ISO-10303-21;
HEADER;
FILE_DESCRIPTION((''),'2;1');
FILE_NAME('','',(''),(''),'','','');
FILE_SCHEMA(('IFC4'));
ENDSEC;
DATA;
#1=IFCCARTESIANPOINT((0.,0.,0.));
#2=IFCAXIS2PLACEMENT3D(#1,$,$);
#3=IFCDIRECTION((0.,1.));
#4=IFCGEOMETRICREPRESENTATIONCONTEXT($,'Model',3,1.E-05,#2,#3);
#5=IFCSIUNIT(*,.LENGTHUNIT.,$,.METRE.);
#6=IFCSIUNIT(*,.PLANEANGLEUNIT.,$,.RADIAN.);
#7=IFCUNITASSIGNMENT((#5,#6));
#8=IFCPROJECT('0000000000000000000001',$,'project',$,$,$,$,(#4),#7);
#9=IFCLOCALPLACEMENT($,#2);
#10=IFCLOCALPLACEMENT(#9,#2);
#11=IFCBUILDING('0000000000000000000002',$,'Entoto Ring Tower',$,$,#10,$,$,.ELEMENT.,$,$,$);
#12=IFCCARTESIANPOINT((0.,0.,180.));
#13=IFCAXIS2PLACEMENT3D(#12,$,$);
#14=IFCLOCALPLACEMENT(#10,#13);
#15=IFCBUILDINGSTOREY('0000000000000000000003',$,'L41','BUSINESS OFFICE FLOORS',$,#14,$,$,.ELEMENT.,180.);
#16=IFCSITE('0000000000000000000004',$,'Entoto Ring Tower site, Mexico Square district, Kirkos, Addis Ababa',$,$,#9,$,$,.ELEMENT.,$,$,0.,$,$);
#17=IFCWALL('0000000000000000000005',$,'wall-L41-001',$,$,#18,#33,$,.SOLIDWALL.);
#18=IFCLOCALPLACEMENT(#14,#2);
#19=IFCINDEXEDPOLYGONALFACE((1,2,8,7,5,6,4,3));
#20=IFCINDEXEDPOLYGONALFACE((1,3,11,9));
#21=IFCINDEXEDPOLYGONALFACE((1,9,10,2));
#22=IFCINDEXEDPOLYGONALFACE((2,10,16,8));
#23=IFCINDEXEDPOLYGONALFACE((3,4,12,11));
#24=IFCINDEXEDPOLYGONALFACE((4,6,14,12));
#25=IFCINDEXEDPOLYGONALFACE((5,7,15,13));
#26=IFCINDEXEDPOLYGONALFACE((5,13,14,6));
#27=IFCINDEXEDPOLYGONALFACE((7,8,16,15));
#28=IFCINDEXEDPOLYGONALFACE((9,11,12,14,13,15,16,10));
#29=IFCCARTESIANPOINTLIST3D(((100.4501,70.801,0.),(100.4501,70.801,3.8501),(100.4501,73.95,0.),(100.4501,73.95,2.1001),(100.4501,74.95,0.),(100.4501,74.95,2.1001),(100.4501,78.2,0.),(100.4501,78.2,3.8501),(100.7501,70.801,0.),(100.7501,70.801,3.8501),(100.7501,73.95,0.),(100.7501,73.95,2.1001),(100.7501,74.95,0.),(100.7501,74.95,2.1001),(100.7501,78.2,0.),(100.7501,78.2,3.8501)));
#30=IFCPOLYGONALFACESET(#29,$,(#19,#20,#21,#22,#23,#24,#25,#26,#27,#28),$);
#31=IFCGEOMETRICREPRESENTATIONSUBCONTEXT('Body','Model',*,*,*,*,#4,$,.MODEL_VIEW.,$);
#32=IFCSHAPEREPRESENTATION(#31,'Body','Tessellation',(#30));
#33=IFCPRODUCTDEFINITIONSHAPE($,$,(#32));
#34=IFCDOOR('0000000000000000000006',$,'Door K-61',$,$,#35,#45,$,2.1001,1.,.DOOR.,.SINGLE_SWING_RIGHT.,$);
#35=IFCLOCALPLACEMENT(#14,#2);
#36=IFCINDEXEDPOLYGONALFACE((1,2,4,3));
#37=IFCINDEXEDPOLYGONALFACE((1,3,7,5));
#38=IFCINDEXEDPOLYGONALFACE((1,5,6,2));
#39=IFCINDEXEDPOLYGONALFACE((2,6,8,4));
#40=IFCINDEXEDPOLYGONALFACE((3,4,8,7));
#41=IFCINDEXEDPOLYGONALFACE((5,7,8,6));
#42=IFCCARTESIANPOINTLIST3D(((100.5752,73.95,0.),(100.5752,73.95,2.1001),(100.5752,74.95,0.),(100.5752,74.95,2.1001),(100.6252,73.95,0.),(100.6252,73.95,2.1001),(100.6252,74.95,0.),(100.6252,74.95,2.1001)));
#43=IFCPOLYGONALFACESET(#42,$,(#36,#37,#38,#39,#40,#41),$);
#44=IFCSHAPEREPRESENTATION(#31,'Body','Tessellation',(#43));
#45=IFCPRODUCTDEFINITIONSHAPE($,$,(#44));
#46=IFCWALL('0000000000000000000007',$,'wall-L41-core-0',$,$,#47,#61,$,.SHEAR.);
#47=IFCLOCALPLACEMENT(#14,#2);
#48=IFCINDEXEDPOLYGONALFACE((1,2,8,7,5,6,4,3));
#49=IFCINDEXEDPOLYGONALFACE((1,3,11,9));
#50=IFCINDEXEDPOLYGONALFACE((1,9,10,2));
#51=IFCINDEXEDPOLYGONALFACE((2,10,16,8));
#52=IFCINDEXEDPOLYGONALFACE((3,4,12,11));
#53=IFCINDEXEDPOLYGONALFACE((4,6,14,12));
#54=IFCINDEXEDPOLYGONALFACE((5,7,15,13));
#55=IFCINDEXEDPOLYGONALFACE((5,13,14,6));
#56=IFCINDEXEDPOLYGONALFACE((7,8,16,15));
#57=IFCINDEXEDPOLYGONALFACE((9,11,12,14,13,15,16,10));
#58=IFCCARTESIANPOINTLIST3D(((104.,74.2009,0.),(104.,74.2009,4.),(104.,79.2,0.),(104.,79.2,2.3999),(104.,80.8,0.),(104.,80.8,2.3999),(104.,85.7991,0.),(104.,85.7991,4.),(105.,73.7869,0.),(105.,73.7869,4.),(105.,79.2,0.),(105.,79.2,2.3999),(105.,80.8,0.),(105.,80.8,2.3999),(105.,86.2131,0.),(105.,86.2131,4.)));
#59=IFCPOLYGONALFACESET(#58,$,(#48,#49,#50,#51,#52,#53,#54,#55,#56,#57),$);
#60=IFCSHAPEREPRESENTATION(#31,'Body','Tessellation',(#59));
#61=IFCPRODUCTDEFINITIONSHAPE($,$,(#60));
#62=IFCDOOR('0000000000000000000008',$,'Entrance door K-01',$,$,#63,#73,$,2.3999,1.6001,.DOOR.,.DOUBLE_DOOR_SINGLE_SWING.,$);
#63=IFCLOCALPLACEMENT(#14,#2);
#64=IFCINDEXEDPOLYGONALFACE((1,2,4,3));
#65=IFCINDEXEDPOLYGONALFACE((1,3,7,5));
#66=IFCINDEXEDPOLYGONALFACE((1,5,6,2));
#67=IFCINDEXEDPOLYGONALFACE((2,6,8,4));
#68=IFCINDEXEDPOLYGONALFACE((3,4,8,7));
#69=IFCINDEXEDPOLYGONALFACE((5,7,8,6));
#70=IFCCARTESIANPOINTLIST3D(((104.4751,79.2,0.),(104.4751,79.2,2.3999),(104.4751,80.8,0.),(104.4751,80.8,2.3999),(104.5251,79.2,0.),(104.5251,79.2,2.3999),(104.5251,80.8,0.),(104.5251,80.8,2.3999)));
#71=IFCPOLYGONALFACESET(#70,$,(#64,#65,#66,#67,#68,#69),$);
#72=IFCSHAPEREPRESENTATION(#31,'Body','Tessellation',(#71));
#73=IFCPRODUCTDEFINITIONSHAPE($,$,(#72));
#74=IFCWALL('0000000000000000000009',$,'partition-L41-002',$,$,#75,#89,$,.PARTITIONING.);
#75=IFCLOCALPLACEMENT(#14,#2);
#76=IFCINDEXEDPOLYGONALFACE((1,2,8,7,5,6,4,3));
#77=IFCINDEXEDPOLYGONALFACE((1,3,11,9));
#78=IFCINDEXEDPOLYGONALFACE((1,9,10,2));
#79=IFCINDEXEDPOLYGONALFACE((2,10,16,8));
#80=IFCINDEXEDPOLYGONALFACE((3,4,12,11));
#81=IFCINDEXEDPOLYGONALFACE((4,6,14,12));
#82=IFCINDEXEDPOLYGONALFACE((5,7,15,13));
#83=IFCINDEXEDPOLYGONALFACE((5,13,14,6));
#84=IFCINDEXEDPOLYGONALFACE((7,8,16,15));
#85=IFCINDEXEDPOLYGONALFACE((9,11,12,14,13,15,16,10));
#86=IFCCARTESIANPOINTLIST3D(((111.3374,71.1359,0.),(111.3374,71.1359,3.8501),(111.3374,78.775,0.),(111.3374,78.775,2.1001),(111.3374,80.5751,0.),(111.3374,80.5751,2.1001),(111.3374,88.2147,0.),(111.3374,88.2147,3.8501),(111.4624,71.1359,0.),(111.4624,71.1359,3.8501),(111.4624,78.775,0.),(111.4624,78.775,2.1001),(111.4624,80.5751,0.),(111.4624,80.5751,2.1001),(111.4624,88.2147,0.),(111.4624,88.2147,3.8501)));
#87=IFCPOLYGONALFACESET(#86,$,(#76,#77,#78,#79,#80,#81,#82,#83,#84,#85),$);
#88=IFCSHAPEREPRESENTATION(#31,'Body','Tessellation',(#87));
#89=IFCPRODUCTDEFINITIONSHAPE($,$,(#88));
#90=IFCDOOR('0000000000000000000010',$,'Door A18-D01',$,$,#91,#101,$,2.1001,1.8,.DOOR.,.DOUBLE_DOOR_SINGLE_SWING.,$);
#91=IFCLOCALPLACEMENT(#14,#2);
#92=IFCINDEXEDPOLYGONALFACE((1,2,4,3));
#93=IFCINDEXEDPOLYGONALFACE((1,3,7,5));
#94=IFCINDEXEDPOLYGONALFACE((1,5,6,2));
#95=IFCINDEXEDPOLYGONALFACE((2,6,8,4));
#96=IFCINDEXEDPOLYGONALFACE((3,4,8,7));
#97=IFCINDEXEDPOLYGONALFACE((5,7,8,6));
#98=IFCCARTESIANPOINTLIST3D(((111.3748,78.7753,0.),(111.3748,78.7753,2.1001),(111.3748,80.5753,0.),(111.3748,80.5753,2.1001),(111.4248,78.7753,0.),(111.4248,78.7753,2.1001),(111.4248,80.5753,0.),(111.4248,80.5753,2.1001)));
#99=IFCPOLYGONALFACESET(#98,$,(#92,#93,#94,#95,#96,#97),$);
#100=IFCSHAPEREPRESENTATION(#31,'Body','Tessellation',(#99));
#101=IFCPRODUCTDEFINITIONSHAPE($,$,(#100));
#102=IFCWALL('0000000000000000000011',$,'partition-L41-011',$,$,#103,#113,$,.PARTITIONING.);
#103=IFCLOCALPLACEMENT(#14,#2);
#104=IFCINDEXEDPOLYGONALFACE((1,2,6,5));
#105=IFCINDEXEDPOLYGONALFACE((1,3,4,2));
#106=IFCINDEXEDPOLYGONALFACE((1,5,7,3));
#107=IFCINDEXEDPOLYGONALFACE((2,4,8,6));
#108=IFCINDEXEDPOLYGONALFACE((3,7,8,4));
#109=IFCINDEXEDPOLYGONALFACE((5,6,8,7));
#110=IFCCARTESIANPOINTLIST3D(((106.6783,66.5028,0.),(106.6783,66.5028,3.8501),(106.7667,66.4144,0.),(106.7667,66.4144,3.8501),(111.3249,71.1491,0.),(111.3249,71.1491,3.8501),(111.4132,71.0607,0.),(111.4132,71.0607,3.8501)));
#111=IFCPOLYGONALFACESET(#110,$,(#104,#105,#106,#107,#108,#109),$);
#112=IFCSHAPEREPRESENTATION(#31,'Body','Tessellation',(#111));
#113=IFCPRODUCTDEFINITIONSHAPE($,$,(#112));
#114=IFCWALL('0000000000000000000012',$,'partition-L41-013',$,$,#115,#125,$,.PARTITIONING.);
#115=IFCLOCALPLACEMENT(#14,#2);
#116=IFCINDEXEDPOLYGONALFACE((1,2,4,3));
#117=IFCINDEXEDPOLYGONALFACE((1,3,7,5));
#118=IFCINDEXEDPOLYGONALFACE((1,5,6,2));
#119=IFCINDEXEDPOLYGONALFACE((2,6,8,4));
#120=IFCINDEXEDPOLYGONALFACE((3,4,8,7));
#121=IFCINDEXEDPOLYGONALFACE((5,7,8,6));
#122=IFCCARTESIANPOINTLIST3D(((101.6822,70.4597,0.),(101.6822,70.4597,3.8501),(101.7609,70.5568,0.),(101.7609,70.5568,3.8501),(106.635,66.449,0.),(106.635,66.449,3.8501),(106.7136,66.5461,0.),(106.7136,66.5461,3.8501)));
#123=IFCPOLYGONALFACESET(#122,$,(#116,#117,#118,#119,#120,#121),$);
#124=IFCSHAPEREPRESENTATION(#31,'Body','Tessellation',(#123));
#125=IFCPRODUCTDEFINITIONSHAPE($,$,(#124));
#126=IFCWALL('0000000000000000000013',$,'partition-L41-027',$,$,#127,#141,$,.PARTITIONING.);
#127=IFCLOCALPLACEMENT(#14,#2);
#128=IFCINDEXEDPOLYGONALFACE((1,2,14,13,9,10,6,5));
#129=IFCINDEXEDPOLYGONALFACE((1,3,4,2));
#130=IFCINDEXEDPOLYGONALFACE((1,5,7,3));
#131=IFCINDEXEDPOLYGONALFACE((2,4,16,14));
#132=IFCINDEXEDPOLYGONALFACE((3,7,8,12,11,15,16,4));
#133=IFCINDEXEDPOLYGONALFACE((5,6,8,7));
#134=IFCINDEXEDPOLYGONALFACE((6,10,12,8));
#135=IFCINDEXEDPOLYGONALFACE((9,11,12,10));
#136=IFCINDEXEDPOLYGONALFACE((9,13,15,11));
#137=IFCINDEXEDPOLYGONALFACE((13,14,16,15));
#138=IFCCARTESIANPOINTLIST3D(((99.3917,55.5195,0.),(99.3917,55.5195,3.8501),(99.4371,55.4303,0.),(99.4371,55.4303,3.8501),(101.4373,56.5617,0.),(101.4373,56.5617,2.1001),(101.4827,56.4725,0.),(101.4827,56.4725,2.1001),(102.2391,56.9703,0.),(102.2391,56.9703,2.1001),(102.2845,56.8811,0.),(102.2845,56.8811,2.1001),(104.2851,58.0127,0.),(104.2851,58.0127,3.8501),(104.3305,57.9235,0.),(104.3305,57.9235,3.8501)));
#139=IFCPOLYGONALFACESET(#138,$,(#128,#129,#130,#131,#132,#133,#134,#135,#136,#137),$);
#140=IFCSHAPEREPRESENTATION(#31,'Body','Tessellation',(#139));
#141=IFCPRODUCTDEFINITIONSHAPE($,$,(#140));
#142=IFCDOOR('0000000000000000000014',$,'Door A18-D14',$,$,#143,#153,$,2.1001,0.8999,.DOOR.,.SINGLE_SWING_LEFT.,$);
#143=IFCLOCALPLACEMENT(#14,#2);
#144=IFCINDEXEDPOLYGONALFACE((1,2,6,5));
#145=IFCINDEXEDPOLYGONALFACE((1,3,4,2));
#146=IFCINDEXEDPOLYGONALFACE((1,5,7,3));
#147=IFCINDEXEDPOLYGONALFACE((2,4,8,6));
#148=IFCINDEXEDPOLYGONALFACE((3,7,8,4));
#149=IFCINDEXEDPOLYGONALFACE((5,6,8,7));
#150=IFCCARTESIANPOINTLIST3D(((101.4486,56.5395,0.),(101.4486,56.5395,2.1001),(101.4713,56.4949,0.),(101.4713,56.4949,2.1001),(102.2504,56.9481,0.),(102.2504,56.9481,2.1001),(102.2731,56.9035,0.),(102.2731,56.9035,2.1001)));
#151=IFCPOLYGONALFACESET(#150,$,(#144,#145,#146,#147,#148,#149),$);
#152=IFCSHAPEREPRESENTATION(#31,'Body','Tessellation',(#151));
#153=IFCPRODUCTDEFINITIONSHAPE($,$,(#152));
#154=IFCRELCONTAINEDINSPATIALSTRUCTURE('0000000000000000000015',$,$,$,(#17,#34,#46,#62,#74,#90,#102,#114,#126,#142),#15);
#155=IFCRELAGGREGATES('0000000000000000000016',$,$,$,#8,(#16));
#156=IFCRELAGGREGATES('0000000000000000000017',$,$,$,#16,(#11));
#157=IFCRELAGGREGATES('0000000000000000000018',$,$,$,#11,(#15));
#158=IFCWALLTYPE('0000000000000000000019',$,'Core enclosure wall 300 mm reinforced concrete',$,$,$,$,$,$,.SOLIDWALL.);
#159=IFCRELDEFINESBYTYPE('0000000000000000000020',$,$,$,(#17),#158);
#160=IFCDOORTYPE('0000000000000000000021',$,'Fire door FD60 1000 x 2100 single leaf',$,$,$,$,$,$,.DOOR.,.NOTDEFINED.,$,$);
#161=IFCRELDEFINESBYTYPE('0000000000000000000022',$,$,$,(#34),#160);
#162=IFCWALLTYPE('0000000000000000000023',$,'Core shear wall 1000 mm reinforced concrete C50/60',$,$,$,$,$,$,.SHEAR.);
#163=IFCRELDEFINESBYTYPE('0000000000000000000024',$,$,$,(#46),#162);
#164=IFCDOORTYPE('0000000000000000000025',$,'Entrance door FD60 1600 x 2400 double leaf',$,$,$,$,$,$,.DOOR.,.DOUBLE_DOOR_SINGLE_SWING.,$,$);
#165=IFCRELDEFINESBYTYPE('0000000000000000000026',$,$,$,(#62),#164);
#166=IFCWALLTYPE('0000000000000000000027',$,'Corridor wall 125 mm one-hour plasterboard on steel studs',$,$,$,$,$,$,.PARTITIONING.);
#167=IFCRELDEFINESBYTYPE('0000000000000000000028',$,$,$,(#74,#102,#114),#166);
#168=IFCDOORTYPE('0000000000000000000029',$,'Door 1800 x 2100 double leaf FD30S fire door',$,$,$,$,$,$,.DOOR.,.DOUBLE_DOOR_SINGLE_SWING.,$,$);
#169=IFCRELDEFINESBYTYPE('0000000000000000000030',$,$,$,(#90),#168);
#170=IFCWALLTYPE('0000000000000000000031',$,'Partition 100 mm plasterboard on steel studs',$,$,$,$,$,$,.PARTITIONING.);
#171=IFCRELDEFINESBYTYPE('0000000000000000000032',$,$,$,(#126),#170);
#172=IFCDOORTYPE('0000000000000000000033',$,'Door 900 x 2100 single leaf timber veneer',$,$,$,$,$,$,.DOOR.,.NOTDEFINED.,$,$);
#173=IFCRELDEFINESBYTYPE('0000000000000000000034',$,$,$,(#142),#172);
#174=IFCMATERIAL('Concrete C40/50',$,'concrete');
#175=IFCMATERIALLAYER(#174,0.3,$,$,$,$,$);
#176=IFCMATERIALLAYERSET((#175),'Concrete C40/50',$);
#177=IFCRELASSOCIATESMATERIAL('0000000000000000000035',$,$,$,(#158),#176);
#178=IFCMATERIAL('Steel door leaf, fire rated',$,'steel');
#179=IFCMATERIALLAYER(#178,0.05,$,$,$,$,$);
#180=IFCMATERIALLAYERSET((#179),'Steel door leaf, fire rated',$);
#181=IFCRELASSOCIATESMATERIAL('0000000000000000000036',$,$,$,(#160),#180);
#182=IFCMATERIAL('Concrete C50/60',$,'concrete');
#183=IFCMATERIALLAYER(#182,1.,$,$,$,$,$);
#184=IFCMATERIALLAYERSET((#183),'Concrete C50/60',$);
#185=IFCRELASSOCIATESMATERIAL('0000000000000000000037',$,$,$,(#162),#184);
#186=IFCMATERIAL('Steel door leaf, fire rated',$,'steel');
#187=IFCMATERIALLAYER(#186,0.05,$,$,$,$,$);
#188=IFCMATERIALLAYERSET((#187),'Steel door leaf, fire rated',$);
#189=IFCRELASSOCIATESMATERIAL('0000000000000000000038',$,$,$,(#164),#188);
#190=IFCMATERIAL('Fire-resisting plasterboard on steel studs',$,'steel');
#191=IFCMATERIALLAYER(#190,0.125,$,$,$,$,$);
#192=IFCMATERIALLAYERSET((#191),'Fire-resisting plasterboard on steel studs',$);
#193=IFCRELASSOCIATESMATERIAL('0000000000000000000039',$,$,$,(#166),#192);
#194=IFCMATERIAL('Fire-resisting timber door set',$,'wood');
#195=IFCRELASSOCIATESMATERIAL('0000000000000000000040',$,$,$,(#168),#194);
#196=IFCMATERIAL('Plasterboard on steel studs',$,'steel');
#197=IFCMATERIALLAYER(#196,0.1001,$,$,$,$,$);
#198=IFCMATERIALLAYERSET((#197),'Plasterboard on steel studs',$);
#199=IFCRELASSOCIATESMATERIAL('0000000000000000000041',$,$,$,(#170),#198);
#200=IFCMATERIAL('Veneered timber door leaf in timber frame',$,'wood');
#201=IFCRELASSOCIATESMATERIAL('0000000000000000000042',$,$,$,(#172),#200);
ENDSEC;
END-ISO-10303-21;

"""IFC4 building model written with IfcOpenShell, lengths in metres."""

from ifc_helpers import new_model, si_unit, direction, frame, frame_2d, origin, place, context, subcontext, project, spatial, polyline, rectangle, outline, extrude, material, layer, layer_set, type_object, element, fill, save


model = new_model("IFC4")

# Units and contexts
model_context = context("Model", 3, precision=1e-05, world=origin(), true_north=direction((0.0, 1.0)))
body_context = subcontext(model_context, "Body", "Model", "MODEL_VIEW")
ifc_project = project(units=[si_unit("LENGTHUNIT", "METRE"), si_unit("PLANEANGLEUNIT", "RADIAN")], contexts=[model_context])

# Site, building, storey
site_placement = place(None, origin())
site = spatial("IfcSite", under=ifc_project, at=site_placement, Name="Entoto Ring Tower site, Mexico Square district, Kirkos, Addis Ababa", CompositionType="ELEMENT", RefElevation=0.0)
building_placement = place(site_placement, origin())
building = spatial("IfcBuilding", under=site, at=building_placement, Name="Entoto Ring Tower", CompositionType="ELEMENT")
storey_placement = place(building_placement, frame((0.0, 0.0, 180.0)))
storey = spatial("IfcBuildingStorey", under=building, at=storey_placement, Name="L41", Description="BUSINESS OFFICE FLOORS", CompositionType="ELEMENT", Elevation=180.0)

# Walls, openings, doors
ifc_material_1 = material(Name="Concrete C40/50", Category="concrete")
ifc_layer_1 = layer(ifc_material_1, 0.3)
ifc_layer_set_1 = layer_set([ifc_layer_1], Name="Concrete C40/50")
wall_type_1 = type_object("IfcWallType", Name="Core enclosure wall 300 mm reinforced concrete", PredefinedType="SOLIDWALL", material=ifc_layer_set_1)
wall_1_placement = place(storey_placement, frame((100.6001, 70.801, 0.0), z_axis=(0.0, 0.0, 1.0), x_axis=(0.0, 1.0, 0.0)))
wall_1 = element("IfcWall", 1, at=wall_1_placement, inside=storey, type_object=wall_type_1, Name="wall-L41-001", PredefinedType="SOLIDWALL", context=body_context, shape_type="SweptSolid", body=[
    extrude(rectangle(XDim=7.3989, YDim=0.3, at=frame_2d((3.6995, 0.0))), origin(), (0.0, 0.0, 1.0), 3.8501),
])
opening_1_placement = place(wall_1_placement, frame((3.1489, 0.0, 0.0)))
opening_1 = element("IfcOpeningElement", 2, at=opening_1_placement, cuts=wall_1, PredefinedType="OPENING", context=body_context, shape_type="SweptSolid", body=[
    extrude(rectangle(XDim=1.0, YDim=2.1001, at=frame_2d((0.5, 1.05))), frame((0.0, 0.1602, 0.0), z_axis=(0.0, -1.0, 0.0), x_axis=(1.0, 0.0, 0.0)), (0.0, 0.0, 1.0), 0.3201),
])
ifc_material_2 = material(Name="Steel door leaf, fire rated", Category="steel")
ifc_layer_2 = layer(ifc_material_2, 0.05)
ifc_layer_set_2 = layer_set([ifc_layer_2], Name="Steel door leaf, fire rated")
door_type_1 = type_object("IfcDoorType", Name="Fire door FD60 1000 x 2100 single leaf", OperationType="NOTDEFINED", PredefinedType="DOOR", material=ifc_layer_set_2)
door_1_placement = place(opening_1_placement, origin())
door_1 = element("IfcDoor", 3, at=door_1_placement, inside=storey, type_object=door_type_1, Name="Door K-61", OperationType="SINGLE_SWING_RIGHT", OverallHeight=2.1001, OverallWidth=1.0, PredefinedType="DOOR", context=body_context, shape_type="SweptSolid", body=[
    extrude(rectangle(XDim=1.0, YDim=2.1001, at=frame_2d((0.5, 1.05))), frame((0.0, 0.0249, 0.0), z_axis=(0.0, -1.0, 0.0), x_axis=(1.0, 0.0, 0.0)), (0.0, 0.0, 1.0), 0.05),
])
fill(opening_1, door_1)
ifc_material_3 = material(Name="Concrete C50/60", Category="concrete")
ifc_layer_3 = layer(ifc_material_3, 1.0)
ifc_layer_set_3 = layer_set([ifc_layer_3], Name="Concrete C50/60")
wall_type_2 = type_object("IfcWallType", Name="Core shear wall 1000 mm reinforced concrete C50/60", PredefinedType="SHEAR", material=ifc_layer_set_3)
wall_2_placement = place(storey_placement, frame((104.5, 73.9939, 0.0), z_axis=(0.0, 0.0, 1.0), x_axis=(0.0, 1.0, 0.0)))
wall_2 = element("IfcWall", 4, at=wall_2_placement, inside=storey, type_object=wall_type_2, Name="wall-L41-core-0", PredefinedType="SHEAR", context=body_context, shape_type="SweptSolid", body=[
    extrude(outline(polyline([(-0.207, -0.5), (12.2192, -0.5), (11.8052, 0.5), (0.207, 0.5), (-0.207, -0.5)])), origin(), (0.0, 0.0, 1.0), 4.0),
])
opening_2_placement = place(wall_2_placement, frame((5.2061, 0.0, 0.0)))
opening_2 = element("IfcOpeningElement", 5, at=opening_2_placement, cuts=wall_2, PredefinedType="OPENING", context=body_context, shape_type="SweptSolid", body=[
    extrude(rectangle(XDim=1.6001, YDim=2.3999, at=frame_2d((0.8, 1.2))), frame((0.0, 0.51, 0.0), z_axis=(0.0, -1.0, 0.0), x_axis=(1.0, 0.0, 0.0)), (0.0, 0.0, 1.0), 1.02),
])
ifc_material_4 = material(Name="Steel door leaf, fire rated", Category="steel")
ifc_layer_4 = layer(ifc_material_4, 0.05)
ifc_layer_set_4 = layer_set([ifc_layer_4], Name="Steel door leaf, fire rated")
door_type_2 = type_object("IfcDoorType", Name="Entrance door FD60 1600 x 2400 double leaf", OperationType="DOUBLE_DOOR_SINGLE_SWING", PredefinedType="DOOR", material=ifc_layer_set_4)
door_2_placement = place(opening_2_placement, origin())
door_2 = element("IfcDoor", 6, at=door_2_placement, inside=storey, type_object=door_type_2, Name="Entrance door K-01", OperationType="DOUBLE_DOOR_SINGLE_SWING", OverallHeight=2.3999, OverallWidth=1.6001, PredefinedType="DOOR", context=body_context, shape_type="SweptSolid", body=[
    extrude(rectangle(XDim=1.6001, YDim=2.3999, at=frame_2d((0.8, 1.2))), frame((0.0, 0.0249, 0.0), z_axis=(0.0, -1.0, 0.0), x_axis=(1.0, 0.0, 0.0)), (0.0, 0.0, 1.0), 0.05),
])
fill(opening_2, door_2)
ifc_material_5 = material(Name="Fire-resisting plasterboard on steel studs", Category="steel")
ifc_layer_5 = layer(ifc_material_5, 0.125)
ifc_layer_set_5 = layer_set([ifc_layer_5], Name="Fire-resisting plasterboard on steel studs")
wall_type_3 = type_object("IfcWallType", Name="Corridor wall 125 mm one-hour plasterboard on steel studs", PredefinedType="PARTITIONING", material=ifc_layer_set_5)
wall_3_placement = place(storey_placement, frame((111.3999, 71.1357, 0.0), z_axis=(0.0, 0.0, 1.0), x_axis=(0.0, 1.0, 0.0)))
wall_3 = element("IfcWall", 7, at=wall_3_placement, inside=storey, type_object=wall_type_3, Name="partition-L41-002", PredefinedType="PARTITIONING", context=body_context, shape_type="SweptSolid", body=[
    extrude(rectangle(XDim=17.0789, YDim=0.125, at=frame_2d((8.5396, 0.0))), origin(), (0.0, 0.0, 1.0), 3.8501),
])
opening_3_placement = place(wall_3_placement, frame((7.6394, 0.0, 0.0)))
opening_3 = element("IfcOpeningElement", 8, at=opening_3_placement, cuts=wall_3, PredefinedType="OPENING", context=body_context, shape_type="SweptSolid", body=[
    extrude(rectangle(XDim=1.8, YDim=2.1001, at=frame_2d((0.8999, 1.05))), frame((0.0, 0.0725, 0.0), z_axis=(0.0, -1.0, 0.0), x_axis=(1.0, 0.0, 0.0)), (0.0, 0.0, 1.0), 0.145),
])
ifc_material_6 = material(Name="Fire-resisting timber door set", Category="wood")
door_type_3 = type_object("IfcDoorType", Name="Door 1800 x 2100 double leaf FD30S fire door", OperationType="DOUBLE_DOOR_SINGLE_SWING", PredefinedType="DOOR", material=ifc_material_6)
door_3_placement = place(opening_3_placement, frame((1.8, 0.0, 0.0), z_axis=(0.0, 0.0, 1.0), x_axis=(-1.0, 0.0, 0.0)))
door_3 = element("IfcDoor", 9, at=door_3_placement, inside=storey, type_object=door_type_3, Name="Door A18-D01", OperationType="DOUBLE_DOOR_SINGLE_SWING", OverallHeight=2.1001, OverallWidth=1.8, PredefinedType="DOOR", context=body_context, shape_type="SweptSolid", body=[
    extrude(rectangle(XDim=1.8, YDim=2.1001, at=frame_2d((0.8999, 1.05))), frame((0.0, 0.0249, 0.0), z_axis=(0.0, -1.0, 0.0), x_axis=(1.0, 0.0, 0.0)), (0.0, 0.0, 1.0), 0.05),
])
fill(opening_3, door_3)

# Walls
wall_4_placement = place(storey_placement, frame((106.7224, 66.4585, 0.0), z_axis=(0.0, 0.0, 1.0), x_axis=(0.707125, 0.707088, 0.0)))
element("IfcWall", 10, at=wall_4_placement, inside=storey, type_object=wall_type_3, Name="partition-L41-011", PredefinedType="PARTITIONING", context=body_context, shape_type="SweptSolid", body=[
    extrude(rectangle(XDim=6.571, YDim=0.125, at=frame_2d((3.2856, 0.0))), origin(), (0.0, 0.0, 1.0), 3.8501),
])
wall_5_placement = place(storey_placement, frame((106.6743, 66.4976, 0.0), z_axis=(0.0, 0.0, 1.0), x_axis=(-0.777148, 0.629318, 0.0)))
element("IfcWall", 11, at=wall_5_placement, inside=storey, type_object=wall_type_3, Name="partition-L41-013", PredefinedType="PARTITIONING", context=body_context, shape_type="SweptSolid", body=[
    extrude(rectangle(XDim=6.373, YDim=0.125, at=frame_2d((3.1865, 0.0))), origin(), (0.0, 0.0, 1.0), 3.8501),
])

# Wall, opening, door
ifc_material_7 = material(Name="Plasterboard on steel studs", Category="steel")
ifc_layer_6 = layer(ifc_material_7, 0.1001)
ifc_layer_set_6 = layer_set([ifc_layer_6], Name="Plasterboard on steel studs")
wall_type_4 = type_object("IfcWallType", Name="Partition 100 mm plasterboard on steel studs", PredefinedType="PARTITIONING", material=ifc_layer_set_6)
wall_6_placement = place(storey_placement, frame((99.4143, 55.4749, 0.0), z_axis=(0.0, 0.0, 1.0), x_axis=(0.891014, 0.453976, 0.0)))
wall_6 = element("IfcWall", 12, at=wall_6_placement, inside=storey, type_object=wall_type_4, Name="partition-L41-027", PredefinedType="PARTITIONING", context=body_context, shape_type="SweptSolid", body=[
    extrude(rectangle(XDim=5.4919, YDim=0.1001, at=frame_2d((2.7461, 0.0))), origin(), (0.0, 0.0, 1.0), 3.8501),
])
opening_4_placement = place(wall_6_placement, frame((2.2959, 0.0, 0.0)))
opening_4 = element("IfcOpeningElement", 13, at=opening_4_placement, cuts=wall_6, PredefinedType="OPENING", context=body_context, shape_type="SweptSolid", body=[
    extrude(rectangle(XDim=0.8999, YDim=2.1001, at=frame_2d((0.45, 1.05))), frame((0.0, 0.0601, 0.0), z_axis=(0.0, -1.0, 0.0), x_axis=(1.0, 0.0, 0.0)), (0.0, 0.0, 1.0), 0.1201),
])
ifc_material_8 = material(Name="Veneered timber door leaf in timber frame", Category="wood")
door_type_4 = type_object("IfcDoorType", Name="Door 900 x 2100 single leaf timber veneer", OperationType="NOTDEFINED", PredefinedType="DOOR", material=ifc_material_8)
door_4_placement = place(opening_4_placement, frame((0.8999, 0.0, 0.0), z_axis=(0.0, 0.0, 1.0), x_axis=(-1.0, 0.0, 0.0)))
door_4 = element("IfcDoor", 14, at=door_4_placement, inside=storey, type_object=door_type_4, Name="Door A18-D14", OperationType="SINGLE_SWING_LEFT", OverallHeight=2.1001, OverallWidth=0.8999, PredefinedType="DOOR", context=body_context, shape_type="SweptSolid", body=[
    extrude(rectangle(XDim=0.8999, YDim=2.1001, at=frame_2d((0.45, 1.05))), frame((0.0, 0.0249, 0.0), z_axis=(0.0, -1.0, 0.0), x_axis=(1.0, 0.0, 0.0)), (0.0, 0.0, 1.0), 0.05),
])
fill(opening_4, door_4)

save(model, "model.ifc")
